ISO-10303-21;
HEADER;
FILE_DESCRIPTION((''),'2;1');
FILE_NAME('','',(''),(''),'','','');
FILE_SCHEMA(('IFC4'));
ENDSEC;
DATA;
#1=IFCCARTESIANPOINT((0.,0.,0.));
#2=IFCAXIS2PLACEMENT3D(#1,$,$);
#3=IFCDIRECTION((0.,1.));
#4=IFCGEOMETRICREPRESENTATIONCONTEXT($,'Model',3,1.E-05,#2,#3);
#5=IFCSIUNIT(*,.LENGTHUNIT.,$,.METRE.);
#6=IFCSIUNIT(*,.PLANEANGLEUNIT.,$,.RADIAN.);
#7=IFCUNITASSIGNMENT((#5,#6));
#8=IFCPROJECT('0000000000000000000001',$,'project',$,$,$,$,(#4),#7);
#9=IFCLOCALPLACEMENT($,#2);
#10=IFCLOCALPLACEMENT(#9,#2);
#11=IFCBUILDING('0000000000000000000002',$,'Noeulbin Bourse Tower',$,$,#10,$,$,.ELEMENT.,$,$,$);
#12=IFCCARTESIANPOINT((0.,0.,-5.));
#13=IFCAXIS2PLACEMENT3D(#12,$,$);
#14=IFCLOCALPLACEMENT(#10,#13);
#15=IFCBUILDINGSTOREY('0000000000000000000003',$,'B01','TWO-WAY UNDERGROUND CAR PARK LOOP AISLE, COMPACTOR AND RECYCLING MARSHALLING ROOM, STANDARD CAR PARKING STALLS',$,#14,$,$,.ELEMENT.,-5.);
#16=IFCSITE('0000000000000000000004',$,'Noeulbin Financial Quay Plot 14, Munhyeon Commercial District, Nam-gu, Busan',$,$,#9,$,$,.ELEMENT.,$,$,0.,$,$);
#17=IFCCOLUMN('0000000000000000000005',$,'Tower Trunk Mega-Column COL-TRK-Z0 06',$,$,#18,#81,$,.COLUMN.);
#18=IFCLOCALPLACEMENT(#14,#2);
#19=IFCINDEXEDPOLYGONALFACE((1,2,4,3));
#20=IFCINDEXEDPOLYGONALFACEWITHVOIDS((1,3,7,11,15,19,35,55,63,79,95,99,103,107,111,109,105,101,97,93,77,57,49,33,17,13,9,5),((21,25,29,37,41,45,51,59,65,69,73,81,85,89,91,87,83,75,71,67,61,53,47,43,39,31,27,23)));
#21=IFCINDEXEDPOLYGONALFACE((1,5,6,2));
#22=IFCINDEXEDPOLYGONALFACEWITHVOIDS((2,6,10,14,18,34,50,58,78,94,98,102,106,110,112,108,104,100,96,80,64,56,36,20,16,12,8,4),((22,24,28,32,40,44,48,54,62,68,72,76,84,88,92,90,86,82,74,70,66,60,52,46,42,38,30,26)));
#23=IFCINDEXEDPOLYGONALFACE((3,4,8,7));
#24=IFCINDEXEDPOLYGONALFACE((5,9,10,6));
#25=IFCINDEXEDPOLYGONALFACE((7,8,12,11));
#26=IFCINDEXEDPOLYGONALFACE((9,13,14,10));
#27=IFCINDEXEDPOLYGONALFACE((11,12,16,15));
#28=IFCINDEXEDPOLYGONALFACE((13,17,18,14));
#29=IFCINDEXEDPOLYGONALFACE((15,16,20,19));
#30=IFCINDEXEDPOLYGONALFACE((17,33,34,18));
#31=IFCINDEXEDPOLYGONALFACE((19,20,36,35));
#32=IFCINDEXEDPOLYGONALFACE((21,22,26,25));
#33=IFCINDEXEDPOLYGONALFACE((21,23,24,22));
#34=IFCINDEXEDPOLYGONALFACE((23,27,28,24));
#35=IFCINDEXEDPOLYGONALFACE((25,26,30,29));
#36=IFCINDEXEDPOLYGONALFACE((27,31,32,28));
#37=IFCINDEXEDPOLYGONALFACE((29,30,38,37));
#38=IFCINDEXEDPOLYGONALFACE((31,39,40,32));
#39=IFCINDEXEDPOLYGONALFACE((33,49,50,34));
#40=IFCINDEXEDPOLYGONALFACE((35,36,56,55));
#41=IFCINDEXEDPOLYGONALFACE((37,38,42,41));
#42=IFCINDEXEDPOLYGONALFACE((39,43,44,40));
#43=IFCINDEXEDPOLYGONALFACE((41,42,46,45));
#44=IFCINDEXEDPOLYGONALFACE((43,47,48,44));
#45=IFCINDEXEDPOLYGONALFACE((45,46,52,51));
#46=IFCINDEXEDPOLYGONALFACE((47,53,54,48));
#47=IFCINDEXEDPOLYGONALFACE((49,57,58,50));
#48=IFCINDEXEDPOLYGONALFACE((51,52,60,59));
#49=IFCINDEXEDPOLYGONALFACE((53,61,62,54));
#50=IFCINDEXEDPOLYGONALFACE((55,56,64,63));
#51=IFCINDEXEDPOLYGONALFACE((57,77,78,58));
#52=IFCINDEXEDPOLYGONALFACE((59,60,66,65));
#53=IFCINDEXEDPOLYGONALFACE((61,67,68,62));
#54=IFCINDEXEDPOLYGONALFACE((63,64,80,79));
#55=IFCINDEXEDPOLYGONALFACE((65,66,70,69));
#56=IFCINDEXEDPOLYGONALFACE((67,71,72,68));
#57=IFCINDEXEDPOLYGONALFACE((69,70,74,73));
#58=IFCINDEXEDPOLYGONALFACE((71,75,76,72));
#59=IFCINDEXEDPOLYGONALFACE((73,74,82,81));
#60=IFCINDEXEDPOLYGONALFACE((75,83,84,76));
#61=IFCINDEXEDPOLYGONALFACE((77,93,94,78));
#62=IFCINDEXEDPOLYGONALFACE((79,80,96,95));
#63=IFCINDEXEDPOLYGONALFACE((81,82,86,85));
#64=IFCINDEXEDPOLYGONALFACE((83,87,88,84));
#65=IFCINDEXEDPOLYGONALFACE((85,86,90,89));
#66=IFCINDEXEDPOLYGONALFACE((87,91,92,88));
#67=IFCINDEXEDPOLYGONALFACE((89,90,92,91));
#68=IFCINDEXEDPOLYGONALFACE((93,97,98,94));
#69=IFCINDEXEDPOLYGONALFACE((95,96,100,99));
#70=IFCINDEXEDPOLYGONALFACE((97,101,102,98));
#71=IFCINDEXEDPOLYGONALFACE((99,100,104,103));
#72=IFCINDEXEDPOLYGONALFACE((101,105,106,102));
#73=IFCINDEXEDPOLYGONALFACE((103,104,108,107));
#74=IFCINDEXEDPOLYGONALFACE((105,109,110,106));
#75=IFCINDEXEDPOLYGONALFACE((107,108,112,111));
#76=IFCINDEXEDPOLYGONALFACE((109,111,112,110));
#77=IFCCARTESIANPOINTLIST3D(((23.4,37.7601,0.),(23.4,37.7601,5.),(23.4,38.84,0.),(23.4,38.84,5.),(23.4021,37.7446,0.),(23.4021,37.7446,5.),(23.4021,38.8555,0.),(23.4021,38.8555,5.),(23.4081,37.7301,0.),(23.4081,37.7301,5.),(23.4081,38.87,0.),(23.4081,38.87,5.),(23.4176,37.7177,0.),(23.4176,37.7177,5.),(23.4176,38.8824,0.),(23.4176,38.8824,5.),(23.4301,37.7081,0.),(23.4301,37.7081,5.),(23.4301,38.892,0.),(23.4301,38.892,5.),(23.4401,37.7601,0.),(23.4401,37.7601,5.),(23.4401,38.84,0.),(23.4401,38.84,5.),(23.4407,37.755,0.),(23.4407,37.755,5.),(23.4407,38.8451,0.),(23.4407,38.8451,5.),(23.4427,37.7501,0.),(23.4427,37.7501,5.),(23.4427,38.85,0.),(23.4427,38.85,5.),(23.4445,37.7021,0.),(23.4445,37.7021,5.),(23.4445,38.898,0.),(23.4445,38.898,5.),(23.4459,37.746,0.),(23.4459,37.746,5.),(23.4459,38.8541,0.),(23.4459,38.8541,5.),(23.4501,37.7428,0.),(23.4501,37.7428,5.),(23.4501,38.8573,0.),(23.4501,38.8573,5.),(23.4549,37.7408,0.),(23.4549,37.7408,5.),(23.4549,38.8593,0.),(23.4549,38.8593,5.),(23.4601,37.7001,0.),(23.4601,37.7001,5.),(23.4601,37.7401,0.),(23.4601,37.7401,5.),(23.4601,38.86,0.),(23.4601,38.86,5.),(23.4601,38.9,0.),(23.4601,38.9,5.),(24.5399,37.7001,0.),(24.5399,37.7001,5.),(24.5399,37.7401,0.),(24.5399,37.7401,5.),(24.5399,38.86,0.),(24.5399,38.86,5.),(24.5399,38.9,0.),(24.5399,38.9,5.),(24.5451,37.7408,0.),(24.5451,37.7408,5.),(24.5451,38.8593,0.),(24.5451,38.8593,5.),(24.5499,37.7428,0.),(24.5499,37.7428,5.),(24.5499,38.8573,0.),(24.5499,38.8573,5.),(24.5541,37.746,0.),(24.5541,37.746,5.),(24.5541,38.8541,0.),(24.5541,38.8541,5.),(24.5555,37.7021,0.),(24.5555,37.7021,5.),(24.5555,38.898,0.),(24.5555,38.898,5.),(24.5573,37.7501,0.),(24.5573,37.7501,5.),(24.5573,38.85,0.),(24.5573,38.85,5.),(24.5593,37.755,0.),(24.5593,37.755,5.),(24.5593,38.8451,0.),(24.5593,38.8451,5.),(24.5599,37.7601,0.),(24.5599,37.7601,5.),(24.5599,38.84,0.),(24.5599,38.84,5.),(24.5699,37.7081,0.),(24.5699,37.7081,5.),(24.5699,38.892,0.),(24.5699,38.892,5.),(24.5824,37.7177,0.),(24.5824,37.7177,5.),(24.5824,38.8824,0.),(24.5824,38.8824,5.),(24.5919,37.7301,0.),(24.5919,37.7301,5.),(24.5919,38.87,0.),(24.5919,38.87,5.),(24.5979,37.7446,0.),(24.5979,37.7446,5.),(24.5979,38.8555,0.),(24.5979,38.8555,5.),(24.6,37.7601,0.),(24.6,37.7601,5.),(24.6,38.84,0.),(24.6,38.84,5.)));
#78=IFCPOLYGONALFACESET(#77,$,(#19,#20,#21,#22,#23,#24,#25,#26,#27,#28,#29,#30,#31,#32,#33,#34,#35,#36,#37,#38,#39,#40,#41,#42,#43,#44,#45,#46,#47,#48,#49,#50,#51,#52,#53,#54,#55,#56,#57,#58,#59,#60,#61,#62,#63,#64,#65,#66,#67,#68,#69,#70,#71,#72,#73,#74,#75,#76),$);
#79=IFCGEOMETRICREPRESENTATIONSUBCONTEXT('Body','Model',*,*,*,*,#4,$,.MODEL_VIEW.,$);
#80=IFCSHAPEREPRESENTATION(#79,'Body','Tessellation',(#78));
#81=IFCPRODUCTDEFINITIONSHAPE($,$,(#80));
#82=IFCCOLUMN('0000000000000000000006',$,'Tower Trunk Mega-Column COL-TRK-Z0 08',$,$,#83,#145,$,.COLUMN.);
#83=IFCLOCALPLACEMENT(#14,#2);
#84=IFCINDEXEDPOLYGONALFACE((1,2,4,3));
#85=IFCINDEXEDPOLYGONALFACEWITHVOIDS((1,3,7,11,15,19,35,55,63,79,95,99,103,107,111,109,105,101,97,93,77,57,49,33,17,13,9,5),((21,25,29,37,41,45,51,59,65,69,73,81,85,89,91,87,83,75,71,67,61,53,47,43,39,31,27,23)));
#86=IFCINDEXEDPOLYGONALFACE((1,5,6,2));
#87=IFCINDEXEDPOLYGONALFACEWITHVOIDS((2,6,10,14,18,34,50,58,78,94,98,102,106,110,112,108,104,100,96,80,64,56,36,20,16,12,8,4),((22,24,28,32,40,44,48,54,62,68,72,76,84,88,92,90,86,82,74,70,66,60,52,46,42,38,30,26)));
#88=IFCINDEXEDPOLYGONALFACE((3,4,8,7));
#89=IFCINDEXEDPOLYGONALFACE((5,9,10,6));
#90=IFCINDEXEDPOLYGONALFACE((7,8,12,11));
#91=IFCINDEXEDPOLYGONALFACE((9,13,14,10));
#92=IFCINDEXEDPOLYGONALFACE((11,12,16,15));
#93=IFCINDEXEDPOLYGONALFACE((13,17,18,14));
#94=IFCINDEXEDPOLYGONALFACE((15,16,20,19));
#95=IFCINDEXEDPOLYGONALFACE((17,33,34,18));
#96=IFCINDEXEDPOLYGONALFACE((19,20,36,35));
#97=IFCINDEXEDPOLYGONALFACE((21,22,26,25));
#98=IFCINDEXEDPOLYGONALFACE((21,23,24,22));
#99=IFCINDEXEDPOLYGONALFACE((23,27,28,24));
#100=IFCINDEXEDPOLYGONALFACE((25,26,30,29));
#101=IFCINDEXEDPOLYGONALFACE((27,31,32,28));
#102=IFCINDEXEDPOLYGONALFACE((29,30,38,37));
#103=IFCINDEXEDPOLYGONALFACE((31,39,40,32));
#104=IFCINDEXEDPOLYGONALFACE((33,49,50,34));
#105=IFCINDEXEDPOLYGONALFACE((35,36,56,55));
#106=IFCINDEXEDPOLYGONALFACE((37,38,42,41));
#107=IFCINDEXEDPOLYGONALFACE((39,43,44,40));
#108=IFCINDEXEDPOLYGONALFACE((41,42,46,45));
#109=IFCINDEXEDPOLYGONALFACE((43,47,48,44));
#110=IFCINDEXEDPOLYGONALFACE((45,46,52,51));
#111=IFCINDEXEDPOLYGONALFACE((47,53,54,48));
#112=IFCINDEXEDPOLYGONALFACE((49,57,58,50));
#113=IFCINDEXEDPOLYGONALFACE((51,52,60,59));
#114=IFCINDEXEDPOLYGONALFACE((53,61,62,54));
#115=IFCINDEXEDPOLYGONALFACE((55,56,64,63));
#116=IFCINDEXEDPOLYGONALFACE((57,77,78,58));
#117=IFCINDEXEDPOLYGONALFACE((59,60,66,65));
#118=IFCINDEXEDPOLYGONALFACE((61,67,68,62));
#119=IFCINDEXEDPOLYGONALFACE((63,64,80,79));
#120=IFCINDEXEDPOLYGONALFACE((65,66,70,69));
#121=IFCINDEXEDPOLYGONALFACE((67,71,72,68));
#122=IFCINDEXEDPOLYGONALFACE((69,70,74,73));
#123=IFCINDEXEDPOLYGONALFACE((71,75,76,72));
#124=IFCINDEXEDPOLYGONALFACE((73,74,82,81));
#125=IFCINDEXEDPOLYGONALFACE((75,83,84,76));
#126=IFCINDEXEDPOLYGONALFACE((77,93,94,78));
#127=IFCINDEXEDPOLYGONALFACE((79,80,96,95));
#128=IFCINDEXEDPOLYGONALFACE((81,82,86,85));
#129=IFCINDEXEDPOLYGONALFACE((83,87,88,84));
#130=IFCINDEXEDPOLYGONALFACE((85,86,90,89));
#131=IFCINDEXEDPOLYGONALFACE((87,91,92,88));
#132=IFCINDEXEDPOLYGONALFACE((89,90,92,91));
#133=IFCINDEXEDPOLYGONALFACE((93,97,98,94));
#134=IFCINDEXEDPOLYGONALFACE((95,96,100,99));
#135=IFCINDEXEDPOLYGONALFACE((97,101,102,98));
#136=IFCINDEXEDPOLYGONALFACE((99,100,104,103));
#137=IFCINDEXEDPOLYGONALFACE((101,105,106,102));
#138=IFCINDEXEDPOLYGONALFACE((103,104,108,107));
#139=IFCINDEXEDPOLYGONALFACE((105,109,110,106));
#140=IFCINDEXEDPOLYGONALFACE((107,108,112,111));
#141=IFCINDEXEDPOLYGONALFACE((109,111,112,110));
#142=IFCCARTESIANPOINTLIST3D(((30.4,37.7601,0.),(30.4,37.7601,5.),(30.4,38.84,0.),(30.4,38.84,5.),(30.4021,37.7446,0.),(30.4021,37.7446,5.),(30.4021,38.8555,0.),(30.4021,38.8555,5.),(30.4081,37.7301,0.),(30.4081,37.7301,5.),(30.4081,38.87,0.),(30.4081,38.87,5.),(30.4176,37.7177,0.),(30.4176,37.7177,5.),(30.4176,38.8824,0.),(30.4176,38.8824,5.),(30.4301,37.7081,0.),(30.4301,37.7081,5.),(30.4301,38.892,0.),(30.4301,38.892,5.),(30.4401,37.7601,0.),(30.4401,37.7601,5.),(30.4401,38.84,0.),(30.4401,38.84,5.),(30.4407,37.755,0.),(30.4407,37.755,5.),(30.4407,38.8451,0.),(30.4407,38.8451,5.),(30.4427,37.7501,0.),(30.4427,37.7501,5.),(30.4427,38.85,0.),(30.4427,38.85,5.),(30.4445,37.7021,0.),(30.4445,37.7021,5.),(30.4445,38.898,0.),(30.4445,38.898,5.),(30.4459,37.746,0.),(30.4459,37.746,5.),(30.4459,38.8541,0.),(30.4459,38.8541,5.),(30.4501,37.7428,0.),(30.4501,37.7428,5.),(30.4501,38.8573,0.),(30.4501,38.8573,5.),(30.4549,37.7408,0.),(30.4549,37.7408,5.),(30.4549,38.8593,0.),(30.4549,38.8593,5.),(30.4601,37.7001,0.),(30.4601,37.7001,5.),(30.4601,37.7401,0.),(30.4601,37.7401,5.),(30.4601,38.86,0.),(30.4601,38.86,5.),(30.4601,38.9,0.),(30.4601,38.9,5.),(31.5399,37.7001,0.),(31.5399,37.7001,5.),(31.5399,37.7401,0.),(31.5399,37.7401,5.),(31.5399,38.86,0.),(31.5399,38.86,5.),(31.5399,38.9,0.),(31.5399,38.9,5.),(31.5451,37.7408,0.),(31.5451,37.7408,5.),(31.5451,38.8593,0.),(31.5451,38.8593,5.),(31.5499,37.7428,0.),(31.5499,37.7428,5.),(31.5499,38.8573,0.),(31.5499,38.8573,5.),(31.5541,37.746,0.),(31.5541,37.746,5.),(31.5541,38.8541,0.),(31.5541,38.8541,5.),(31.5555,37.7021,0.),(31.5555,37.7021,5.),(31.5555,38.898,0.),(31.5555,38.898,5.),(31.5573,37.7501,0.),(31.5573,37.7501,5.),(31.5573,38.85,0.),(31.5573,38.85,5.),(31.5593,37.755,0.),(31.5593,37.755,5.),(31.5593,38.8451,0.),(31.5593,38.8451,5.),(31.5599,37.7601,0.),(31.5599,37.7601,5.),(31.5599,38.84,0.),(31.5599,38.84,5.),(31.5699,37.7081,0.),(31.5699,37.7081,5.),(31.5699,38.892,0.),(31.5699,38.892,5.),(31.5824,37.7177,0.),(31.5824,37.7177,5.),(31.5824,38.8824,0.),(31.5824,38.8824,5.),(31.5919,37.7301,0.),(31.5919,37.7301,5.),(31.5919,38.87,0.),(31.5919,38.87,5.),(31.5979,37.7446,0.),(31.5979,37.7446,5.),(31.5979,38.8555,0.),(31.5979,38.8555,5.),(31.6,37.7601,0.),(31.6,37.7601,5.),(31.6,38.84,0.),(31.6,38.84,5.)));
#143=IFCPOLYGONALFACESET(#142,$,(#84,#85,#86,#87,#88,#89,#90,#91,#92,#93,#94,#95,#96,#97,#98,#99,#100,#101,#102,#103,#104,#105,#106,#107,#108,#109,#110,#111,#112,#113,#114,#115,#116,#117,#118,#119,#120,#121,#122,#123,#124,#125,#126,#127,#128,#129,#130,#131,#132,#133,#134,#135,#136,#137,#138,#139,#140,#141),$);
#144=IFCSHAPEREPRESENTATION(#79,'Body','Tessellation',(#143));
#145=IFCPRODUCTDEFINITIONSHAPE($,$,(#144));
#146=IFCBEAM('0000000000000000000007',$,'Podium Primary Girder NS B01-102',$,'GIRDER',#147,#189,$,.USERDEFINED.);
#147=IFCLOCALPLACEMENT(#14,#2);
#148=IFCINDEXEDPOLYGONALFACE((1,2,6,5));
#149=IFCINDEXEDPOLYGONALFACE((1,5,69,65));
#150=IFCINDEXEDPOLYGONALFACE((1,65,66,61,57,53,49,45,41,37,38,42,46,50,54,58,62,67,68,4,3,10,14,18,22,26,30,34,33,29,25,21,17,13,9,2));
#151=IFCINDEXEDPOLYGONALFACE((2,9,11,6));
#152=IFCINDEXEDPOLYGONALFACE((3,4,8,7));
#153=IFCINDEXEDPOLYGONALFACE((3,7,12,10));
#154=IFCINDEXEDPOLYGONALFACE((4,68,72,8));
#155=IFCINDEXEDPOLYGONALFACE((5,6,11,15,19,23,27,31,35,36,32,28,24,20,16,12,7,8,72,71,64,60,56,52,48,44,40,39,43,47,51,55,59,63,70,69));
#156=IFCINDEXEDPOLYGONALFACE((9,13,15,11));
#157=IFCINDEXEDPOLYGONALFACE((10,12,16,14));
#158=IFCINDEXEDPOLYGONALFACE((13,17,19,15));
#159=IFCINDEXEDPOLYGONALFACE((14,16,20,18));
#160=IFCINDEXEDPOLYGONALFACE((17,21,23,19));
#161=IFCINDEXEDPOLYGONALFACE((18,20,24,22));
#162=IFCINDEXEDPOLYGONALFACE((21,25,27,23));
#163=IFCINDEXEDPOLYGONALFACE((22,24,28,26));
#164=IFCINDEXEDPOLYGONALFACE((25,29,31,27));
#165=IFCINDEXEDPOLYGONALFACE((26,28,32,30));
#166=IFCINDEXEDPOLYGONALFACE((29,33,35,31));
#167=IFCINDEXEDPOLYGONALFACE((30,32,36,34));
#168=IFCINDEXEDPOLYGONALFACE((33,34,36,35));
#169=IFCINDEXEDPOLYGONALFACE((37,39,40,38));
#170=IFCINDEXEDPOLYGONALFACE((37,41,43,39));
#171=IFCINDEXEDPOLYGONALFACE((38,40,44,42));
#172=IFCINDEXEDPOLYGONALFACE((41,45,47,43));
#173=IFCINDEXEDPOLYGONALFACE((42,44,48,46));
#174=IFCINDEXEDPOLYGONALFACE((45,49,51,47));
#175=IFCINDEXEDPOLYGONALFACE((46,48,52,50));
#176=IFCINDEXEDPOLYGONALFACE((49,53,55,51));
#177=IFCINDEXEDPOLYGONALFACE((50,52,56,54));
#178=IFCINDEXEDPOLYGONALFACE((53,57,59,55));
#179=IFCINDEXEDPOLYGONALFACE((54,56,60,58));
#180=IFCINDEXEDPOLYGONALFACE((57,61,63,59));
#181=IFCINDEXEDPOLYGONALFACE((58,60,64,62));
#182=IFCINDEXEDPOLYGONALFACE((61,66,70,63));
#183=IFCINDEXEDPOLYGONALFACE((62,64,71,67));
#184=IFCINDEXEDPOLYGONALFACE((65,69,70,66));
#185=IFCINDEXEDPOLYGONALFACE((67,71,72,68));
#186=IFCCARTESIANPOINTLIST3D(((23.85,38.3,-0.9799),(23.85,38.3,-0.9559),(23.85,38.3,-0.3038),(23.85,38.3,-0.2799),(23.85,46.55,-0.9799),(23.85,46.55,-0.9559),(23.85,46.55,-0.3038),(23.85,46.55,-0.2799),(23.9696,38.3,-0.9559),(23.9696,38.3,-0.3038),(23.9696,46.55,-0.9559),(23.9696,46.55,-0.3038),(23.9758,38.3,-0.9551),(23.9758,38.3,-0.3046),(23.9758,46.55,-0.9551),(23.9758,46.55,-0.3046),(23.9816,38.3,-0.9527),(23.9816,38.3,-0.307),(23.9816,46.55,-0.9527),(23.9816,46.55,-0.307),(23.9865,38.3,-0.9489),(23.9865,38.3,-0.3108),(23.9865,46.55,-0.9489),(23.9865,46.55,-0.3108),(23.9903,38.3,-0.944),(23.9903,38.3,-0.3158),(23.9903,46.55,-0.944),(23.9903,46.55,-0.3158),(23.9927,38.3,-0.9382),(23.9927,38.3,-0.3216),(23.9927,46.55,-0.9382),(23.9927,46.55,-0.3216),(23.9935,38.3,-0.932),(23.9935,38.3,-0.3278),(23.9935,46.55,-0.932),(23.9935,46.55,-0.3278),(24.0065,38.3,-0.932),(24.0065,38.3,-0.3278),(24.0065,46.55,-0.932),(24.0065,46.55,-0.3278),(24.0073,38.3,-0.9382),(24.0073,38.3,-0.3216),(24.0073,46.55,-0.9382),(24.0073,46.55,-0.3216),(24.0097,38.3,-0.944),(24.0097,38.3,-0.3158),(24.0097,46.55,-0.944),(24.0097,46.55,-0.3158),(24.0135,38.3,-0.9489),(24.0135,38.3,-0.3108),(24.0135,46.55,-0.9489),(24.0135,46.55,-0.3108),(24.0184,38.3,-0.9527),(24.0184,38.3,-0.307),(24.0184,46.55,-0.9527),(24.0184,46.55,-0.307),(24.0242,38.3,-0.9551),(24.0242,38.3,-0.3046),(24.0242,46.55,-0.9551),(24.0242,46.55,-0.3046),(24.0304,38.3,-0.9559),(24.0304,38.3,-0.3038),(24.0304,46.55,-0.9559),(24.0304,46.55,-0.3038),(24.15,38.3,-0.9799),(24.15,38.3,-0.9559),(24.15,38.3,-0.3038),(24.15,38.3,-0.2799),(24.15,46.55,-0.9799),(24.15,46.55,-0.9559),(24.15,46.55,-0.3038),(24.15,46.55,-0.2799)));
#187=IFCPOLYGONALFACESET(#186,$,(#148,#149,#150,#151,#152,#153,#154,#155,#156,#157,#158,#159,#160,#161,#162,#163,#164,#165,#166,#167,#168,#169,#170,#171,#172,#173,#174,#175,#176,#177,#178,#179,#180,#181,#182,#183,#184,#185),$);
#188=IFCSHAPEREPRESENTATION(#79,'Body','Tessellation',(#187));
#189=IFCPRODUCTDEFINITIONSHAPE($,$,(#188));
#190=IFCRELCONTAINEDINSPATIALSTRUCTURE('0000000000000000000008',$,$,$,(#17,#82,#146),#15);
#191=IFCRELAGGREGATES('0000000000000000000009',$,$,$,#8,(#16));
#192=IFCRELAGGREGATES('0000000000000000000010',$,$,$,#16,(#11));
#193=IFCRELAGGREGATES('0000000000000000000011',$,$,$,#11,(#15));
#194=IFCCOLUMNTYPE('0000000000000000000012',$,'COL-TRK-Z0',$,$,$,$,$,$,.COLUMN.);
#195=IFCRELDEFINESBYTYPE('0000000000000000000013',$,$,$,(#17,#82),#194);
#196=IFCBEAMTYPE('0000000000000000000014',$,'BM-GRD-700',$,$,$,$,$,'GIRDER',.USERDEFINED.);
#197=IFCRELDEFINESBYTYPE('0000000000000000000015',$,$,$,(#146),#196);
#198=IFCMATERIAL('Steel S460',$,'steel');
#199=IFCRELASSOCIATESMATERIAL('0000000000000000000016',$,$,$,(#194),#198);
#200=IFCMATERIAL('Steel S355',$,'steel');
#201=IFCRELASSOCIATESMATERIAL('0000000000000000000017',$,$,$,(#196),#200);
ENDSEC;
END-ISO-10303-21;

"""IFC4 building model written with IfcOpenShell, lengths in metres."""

from ifc_helpers import new_model, si_unit, direction, frame, origin, origin_2d, place, context, subcontext, project, spatial, hollow_rectangle, i_section, extrude, material, material_profile, profile_set, type_object, element, save


model = new_model("IFC4")

# Units and contexts
model_context = context("Model", 3, precision=1e-05, world=origin(), true_north=direction((0.0, 1.0)))
body_context = subcontext(model_context, "Body", "Model", "MODEL_VIEW")
ifc_project = project(units=[si_unit("LENGTHUNIT", "METRE"), si_unit("PLANEANGLEUNIT", "RADIAN")], contexts=[model_context])

# Site, building, storey
site_placement = place(None, origin())
site = spatial("IfcSite", under=ifc_project, at=site_placement, Name="Noeulbin Financial Quay Plot 14, Munhyeon Commercial District, Nam-gu, Busan", CompositionType="ELEMENT", RefElevation=0.0)
building_placement = place(site_placement, origin())
building = spatial("IfcBuilding", under=site, at=building_placement, Name="Noeulbin Bourse Tower", CompositionType="ELEMENT")
storey_placement = place(building_placement, frame((0.0, 0.0, -5.0)))
storey = spatial("IfcBuildingStorey", under=building, at=storey_placement, Name="B01", Description="TWO-WAY UNDERGROUND CAR PARK LOOP AISLE, COMPACTOR AND RECYCLING MARSHALLING ROOM, STANDARD CAR PARKING STALLS", CompositionType="ELEMENT", Elevation=-5.0)

# Columns
ifc_material_1 = material(Name="Steel S460", Category="steel")
ifc_material_profile_1 = material_profile(ifc_material_1, hollow_rectangle(XDim=1.2, YDim=1.2, WallThickness=0.04, InnerFilletRadius=0.02, OuterFilletRadius=0.0601, at=origin_2d()), Name="BOX-1200x1200x40", Category="LoadBearing")
ifc_profile_set_1 = profile_set([ifc_material_profile_1], Name="Steel S460")
column_type = type_object("IfcColumnType", Name="COL-TRK-Z0", PredefinedType="COLUMN", material=ifc_profile_set_1)
for number, where, z_axis, x_axis, name in (
    (1, (24.0, 38.3, 0.0), (0.0, 0.0, 1.0), (1.0, 0.0, 0.0), "Tower Trunk Mega-Column COL-TRK-Z0 06"),
    (2, (31.0, 38.3, 0.0), (0.0, 0.0, 1.0), (1.0, 0.0, 0.0), "Tower Trunk Mega-Column COL-TRK-Z0 08"),
):
    element("IfcColumn", number, at=place(storey_placement, frame(where, z_axis=z_axis, x_axis=x_axis)), inside=storey, type_object=column_type, Name=name, PredefinedType="COLUMN", context=body_context, shape_type="SweptSolid", body=[
        extrude(hollow_rectangle(XDim=1.2, YDim=1.2, WallThickness=0.04, InnerFilletRadius=0.02, OuterFilletRadius=0.0601, at=origin_2d()), origin(), (0.0, 0.0, 1.0), 5.0),
    ])

# Beam
ifc_material_2 = material(Name="Steel S355", Category="steel")
ifc_material_profile_2 = material_profile(ifc_material_2, i_section(OverallWidth=0.3, OverallDepth=0.7, WebThickness=0.0129, FlangeThickness=0.0239, FilletRadius=0.0239, at=origin_2d()), Name="H-700x300x13x24", Category="LoadBearing")
ifc_profile_set_2 = profile_set([ifc_material_profile_2], Name="Steel S355")
beam_type_1 = type_object("IfcBeamType", Name="BM-GRD-700", ElementType="GIRDER", PredefinedType="USERDEFINED", material=ifc_profile_set_2)
beam_1_placement = place(storey_placement, frame((24.0, 38.3, -0.6299), z_axis=(0.0, 1.0, 0.0), x_axis=(-1.0, 0.0, 0.0)))
element("IfcBeam", 3, at=beam_1_placement, inside=storey, type_object=beam_type_1, Name="Podium Primary Girder NS B01-102", ObjectType="GIRDER", PredefinedType="USERDEFINED", context=body_context, shape_type="SweptSolid", body=[
    extrude(i_section(OverallWidth=0.3, OverallDepth=0.7, WebThickness=0.0129, FlangeThickness=0.0239, FilletRadius=0.0239, at=origin_2d()), origin(), (0.0, 0.0, 1.0), 8.25),
])

save(model, "model.ifc")
